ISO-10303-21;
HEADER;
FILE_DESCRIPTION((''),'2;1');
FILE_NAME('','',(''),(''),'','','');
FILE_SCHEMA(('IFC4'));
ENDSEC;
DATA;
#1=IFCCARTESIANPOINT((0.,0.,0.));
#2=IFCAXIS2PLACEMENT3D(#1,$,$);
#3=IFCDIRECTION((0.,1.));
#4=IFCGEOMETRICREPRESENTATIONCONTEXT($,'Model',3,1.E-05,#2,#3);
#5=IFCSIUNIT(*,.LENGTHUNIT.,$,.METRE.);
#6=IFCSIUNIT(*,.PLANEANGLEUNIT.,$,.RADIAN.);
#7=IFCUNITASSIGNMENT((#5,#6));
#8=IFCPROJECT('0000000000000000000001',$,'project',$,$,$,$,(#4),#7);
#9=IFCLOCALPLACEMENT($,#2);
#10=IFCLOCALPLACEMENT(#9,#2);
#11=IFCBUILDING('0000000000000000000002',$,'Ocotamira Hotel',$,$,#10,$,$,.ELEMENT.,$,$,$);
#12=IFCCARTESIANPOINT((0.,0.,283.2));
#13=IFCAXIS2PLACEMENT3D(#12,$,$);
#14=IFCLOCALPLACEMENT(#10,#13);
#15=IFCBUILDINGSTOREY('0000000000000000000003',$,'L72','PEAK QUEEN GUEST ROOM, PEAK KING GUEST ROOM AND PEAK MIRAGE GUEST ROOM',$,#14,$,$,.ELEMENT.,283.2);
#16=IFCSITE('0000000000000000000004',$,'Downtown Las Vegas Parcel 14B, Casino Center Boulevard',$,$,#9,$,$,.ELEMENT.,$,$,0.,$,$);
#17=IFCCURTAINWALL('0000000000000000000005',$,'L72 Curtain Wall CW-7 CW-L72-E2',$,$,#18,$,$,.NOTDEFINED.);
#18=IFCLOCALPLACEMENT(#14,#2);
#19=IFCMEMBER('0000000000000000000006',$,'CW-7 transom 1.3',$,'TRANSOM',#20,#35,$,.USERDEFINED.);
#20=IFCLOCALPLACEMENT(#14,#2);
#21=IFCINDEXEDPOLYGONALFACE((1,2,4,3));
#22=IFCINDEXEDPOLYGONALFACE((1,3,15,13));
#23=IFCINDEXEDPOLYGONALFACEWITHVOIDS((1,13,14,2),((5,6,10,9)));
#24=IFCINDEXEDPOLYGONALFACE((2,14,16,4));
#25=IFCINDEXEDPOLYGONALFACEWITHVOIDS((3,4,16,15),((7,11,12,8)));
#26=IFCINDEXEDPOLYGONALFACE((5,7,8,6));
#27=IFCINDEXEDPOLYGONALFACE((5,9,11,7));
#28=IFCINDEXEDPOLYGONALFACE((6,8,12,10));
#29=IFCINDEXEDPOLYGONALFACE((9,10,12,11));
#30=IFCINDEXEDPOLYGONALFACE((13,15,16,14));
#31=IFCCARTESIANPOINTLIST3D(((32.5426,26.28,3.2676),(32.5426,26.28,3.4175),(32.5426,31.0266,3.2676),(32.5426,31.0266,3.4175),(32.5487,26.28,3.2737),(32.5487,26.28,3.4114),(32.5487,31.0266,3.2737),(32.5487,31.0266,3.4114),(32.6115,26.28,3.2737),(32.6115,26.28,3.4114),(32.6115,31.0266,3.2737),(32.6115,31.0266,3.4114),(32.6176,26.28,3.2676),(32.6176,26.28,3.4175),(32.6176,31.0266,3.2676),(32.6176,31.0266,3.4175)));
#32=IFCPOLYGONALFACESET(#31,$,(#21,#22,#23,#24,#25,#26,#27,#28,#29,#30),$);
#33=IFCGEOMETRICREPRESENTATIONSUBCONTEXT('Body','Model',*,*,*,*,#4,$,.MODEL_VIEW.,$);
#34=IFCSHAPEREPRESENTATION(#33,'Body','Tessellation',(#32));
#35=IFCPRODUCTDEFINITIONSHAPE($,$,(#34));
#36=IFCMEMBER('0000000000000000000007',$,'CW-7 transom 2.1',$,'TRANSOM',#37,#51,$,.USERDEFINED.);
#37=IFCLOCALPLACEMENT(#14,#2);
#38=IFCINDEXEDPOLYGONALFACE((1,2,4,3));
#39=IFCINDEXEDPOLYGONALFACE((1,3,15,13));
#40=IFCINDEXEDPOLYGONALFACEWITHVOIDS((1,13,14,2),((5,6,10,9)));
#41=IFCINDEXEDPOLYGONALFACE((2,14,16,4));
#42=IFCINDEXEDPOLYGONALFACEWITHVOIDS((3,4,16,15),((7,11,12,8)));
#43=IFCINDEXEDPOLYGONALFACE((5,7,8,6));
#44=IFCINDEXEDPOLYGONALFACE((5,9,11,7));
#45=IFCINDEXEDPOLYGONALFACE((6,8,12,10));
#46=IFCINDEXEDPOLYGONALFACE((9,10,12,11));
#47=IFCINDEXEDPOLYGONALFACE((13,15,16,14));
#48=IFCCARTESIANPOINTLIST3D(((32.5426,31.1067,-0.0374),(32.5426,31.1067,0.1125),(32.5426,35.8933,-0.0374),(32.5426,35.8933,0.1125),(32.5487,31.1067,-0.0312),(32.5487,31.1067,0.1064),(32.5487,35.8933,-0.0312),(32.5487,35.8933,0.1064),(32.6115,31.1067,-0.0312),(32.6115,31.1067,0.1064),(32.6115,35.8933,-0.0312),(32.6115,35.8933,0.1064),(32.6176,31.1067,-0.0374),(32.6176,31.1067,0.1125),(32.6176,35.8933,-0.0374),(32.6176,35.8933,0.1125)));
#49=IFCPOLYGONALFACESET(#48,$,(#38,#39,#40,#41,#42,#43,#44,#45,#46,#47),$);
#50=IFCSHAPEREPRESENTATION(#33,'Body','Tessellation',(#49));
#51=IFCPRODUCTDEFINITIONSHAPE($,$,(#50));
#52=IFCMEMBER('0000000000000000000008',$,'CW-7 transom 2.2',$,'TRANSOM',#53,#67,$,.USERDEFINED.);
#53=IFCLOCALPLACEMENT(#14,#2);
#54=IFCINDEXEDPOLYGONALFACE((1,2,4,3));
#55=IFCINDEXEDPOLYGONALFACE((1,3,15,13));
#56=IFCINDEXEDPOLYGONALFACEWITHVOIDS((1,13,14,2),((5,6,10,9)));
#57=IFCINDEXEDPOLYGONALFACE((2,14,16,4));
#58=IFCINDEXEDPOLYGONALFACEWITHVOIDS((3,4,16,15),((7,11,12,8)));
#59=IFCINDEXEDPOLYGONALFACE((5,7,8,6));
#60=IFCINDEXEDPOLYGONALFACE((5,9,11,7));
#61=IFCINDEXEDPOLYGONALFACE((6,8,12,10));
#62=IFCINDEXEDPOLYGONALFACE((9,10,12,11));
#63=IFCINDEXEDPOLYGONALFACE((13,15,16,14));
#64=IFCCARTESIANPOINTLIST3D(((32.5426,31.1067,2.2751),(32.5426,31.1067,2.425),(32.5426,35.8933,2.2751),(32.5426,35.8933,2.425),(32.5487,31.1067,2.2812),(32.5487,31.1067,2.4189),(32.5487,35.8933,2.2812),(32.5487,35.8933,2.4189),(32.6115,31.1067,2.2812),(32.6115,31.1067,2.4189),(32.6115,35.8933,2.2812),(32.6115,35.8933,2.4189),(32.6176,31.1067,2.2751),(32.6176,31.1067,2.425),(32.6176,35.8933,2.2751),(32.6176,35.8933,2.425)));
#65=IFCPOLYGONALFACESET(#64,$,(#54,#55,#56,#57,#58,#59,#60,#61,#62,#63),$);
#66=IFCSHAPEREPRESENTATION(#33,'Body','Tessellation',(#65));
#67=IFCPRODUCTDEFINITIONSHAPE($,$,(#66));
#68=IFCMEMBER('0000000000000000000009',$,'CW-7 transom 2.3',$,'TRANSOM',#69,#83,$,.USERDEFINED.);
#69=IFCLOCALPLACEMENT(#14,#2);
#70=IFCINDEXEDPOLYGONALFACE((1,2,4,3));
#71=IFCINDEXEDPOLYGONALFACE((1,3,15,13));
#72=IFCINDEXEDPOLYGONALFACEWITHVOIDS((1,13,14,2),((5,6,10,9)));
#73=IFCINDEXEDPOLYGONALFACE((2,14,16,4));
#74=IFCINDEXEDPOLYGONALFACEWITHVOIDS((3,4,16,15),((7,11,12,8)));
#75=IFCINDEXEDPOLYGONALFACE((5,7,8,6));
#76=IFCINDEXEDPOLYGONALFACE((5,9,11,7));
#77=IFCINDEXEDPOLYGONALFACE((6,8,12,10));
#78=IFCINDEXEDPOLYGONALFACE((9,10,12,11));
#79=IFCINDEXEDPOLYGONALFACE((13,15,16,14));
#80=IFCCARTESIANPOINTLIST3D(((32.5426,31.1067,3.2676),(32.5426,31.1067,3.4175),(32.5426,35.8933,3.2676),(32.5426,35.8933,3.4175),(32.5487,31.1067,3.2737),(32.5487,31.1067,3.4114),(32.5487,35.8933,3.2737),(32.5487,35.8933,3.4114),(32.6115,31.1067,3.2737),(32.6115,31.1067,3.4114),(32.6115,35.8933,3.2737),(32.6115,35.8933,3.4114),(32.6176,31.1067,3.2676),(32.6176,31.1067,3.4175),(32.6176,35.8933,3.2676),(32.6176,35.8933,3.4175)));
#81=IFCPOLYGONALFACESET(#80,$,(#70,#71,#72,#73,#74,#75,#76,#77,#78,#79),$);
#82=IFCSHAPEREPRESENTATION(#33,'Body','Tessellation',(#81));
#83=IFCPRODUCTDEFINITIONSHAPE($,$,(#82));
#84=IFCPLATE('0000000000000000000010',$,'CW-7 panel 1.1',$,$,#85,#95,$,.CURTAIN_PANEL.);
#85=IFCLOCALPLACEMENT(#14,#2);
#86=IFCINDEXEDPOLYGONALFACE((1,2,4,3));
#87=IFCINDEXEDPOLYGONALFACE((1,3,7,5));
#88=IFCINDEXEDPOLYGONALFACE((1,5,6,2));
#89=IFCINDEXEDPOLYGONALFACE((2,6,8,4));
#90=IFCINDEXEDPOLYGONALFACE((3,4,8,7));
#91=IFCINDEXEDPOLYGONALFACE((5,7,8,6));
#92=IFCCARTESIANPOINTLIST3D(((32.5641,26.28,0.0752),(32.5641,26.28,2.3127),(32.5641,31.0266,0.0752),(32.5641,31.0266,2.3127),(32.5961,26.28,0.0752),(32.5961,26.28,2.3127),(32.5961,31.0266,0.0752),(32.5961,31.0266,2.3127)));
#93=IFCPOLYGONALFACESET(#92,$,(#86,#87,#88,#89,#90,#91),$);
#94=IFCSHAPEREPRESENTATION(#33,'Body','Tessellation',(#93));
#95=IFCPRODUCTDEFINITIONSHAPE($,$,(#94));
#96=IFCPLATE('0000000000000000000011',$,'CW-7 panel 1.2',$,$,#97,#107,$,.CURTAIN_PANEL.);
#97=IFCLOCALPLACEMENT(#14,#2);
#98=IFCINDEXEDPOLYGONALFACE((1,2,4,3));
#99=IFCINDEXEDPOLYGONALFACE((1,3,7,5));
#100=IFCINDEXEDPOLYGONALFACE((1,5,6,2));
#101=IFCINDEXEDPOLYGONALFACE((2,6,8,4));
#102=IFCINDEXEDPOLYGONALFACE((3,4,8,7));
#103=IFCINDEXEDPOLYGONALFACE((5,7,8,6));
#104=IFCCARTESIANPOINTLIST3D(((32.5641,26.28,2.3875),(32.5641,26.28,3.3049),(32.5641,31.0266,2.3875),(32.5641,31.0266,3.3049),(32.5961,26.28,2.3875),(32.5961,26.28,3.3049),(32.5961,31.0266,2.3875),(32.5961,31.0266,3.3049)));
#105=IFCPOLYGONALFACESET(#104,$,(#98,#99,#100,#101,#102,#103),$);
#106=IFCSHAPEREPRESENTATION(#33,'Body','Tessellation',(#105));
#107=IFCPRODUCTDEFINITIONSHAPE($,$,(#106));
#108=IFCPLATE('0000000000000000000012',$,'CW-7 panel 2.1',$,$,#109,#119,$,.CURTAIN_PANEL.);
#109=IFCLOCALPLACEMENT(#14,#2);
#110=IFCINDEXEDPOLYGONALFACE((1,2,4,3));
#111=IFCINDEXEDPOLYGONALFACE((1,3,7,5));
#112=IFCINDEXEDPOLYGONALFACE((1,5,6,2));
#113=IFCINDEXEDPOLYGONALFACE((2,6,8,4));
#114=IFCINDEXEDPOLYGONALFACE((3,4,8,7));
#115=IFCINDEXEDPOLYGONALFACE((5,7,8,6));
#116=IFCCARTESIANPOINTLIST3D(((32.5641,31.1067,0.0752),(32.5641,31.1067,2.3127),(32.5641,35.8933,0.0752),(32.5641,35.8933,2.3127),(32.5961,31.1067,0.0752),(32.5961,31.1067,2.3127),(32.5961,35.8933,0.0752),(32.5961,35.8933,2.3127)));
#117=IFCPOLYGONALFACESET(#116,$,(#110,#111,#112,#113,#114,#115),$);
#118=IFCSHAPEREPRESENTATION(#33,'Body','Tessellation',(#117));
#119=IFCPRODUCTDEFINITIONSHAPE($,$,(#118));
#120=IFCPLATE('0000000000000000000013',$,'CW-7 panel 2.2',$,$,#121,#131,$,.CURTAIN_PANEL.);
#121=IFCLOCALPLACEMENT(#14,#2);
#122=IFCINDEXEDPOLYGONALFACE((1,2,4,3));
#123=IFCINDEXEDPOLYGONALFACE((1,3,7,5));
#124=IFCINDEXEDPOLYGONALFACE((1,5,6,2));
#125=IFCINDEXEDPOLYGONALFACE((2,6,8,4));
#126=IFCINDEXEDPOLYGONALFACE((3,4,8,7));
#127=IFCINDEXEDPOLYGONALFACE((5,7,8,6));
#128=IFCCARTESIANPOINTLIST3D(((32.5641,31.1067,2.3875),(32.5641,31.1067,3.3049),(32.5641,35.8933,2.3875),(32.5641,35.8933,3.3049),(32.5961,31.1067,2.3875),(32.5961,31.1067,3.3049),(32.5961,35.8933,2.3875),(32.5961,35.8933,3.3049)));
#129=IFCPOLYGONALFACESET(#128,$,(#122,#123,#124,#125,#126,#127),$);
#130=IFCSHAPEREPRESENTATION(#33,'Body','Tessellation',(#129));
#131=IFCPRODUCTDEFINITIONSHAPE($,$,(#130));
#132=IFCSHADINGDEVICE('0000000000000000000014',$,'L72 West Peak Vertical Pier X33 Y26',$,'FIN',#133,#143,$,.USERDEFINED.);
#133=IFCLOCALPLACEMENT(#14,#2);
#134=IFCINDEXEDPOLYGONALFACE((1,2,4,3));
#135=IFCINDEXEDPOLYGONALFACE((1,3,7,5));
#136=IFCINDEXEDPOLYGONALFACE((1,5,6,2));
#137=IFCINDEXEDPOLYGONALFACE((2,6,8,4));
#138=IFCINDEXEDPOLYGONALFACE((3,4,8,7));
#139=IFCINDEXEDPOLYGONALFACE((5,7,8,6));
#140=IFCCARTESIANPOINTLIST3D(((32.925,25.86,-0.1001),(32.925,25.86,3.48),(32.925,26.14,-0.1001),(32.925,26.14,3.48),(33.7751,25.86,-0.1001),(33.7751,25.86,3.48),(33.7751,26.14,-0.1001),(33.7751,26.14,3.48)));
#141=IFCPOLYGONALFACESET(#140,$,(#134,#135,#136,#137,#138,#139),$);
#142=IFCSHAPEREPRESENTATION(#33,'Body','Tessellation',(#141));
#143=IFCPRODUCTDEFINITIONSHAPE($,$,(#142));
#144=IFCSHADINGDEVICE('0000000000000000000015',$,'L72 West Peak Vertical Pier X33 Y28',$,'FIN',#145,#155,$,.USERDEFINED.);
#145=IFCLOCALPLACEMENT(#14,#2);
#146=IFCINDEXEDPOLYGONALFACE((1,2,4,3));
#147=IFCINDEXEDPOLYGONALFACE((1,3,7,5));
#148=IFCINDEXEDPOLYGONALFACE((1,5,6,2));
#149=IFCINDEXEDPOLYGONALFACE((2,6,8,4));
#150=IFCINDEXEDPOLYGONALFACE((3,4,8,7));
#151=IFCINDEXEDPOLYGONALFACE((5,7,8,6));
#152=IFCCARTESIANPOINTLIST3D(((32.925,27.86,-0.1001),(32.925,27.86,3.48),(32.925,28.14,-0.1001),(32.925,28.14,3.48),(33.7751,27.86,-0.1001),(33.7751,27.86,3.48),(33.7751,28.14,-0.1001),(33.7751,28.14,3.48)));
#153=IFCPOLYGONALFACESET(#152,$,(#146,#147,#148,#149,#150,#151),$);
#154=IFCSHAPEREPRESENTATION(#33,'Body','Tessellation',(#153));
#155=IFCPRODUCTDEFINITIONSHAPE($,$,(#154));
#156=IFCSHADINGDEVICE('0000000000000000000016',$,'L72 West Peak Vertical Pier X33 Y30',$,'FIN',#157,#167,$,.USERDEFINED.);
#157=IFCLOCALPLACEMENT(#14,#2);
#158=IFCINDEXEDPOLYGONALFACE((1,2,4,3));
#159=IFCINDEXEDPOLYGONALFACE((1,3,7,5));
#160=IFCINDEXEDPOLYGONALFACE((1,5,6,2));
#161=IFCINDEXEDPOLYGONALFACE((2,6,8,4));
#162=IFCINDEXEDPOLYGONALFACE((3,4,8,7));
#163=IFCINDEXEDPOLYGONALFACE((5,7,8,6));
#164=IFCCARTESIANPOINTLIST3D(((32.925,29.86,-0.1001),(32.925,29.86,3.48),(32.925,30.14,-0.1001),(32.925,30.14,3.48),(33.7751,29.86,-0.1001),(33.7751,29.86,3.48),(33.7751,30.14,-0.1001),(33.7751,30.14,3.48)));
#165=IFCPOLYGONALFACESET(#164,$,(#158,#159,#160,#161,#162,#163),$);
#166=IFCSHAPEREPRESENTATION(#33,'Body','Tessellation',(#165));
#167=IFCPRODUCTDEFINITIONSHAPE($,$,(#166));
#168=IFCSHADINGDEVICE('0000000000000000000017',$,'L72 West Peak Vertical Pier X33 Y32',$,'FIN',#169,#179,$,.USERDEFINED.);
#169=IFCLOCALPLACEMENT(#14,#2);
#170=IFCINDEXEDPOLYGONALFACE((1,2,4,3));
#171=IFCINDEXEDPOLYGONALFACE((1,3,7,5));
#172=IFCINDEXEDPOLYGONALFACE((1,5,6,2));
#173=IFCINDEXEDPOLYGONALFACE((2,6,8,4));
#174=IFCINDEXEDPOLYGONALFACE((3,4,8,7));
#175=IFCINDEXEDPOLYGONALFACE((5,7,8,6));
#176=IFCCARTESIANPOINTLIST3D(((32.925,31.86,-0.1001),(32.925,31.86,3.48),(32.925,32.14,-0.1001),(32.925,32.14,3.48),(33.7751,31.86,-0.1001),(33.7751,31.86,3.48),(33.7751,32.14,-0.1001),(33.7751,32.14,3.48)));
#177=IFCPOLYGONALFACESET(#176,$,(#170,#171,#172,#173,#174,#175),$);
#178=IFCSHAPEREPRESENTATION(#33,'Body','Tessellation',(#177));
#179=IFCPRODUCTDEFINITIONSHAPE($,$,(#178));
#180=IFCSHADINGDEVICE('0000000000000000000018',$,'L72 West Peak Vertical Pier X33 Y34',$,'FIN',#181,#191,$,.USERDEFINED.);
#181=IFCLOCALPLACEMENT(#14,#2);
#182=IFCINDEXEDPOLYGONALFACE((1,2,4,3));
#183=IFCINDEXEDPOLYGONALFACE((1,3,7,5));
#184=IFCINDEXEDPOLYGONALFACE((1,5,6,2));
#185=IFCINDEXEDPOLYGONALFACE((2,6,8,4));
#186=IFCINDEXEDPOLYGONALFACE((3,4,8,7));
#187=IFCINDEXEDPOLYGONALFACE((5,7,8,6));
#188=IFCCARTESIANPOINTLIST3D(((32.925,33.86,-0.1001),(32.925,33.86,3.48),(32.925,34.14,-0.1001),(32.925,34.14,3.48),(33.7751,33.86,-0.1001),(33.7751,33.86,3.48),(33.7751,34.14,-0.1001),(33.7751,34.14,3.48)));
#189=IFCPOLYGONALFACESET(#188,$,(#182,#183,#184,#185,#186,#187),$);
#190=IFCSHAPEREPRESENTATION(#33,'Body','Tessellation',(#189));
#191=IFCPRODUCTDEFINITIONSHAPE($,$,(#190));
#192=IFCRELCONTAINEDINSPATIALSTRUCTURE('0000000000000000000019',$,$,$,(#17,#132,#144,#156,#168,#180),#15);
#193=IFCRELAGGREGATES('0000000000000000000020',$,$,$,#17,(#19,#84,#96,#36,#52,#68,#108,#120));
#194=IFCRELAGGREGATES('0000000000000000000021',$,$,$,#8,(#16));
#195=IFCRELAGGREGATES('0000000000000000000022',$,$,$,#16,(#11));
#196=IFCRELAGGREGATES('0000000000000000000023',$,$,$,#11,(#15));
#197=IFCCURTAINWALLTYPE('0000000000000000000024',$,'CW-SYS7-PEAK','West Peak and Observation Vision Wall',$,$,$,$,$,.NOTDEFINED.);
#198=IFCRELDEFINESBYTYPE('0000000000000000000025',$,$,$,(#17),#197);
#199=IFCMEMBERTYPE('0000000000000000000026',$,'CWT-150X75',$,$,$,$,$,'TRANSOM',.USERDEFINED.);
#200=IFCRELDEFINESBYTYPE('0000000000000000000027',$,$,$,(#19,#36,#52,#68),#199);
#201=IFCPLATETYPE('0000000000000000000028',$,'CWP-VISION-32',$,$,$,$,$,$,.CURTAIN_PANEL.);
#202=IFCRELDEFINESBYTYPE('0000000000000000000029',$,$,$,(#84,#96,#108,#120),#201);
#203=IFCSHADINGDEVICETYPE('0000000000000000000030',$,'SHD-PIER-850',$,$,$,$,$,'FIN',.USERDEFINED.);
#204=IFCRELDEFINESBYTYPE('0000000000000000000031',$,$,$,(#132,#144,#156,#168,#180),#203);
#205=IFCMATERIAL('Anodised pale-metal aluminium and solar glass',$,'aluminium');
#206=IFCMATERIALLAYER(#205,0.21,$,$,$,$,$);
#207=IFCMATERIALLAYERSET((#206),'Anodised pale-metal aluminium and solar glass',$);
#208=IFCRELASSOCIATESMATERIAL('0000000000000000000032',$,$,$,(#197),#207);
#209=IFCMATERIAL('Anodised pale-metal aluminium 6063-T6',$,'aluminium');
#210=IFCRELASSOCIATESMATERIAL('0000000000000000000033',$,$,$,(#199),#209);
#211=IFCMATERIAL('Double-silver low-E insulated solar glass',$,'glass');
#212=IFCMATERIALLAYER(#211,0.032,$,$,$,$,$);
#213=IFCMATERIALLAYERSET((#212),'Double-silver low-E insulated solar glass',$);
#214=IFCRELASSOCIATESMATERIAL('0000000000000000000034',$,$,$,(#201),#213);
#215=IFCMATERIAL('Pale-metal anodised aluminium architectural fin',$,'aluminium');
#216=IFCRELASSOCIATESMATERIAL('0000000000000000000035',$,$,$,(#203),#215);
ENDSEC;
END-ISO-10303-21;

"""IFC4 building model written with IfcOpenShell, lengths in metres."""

from ifc_helpers import new_model, si_unit, direction, frame, origin, origin_2d, place, context, subcontext, project, spatial, rectangle, hollow_rectangle, extrude, source, transform, mapped, material, layer, layer_set, material_profile, profile_set, type_object, element, aggregate, save


model = new_model("IFC4")

# Units and contexts
model_context = context("Model", 3, precision=1e-05, world=origin(), true_north=direction((0.0, 1.0)))
body_context = subcontext(model_context, "Body", "Model", "MODEL_VIEW")
ifc_project = project(units=[si_unit("LENGTHUNIT", "METRE"), si_unit("PLANEANGLEUNIT", "RADIAN")], contexts=[model_context])

# Site, building, storey
site_placement = place(None, origin())
site = spatial("IfcSite", under=ifc_project, at=site_placement, Name="Downtown Las Vegas Parcel 14B, Casino Center Boulevard", CompositionType="ELEMENT", RefElevation=0.0)
building_placement = place(site_placement, origin())
building = spatial("IfcBuilding", under=site, at=building_placement, Name="Ocotamira Hotel", CompositionType="ELEMENT")
storey_placement = place(building_placement, frame((0.0, 0.0, 283.2)))
storey = spatial("IfcBuildingStorey", under=building, at=storey_placement, Name="L72", Description="PEAK QUEEN GUEST ROOM, PEAK KING GUEST ROOM AND PEAK MIRAGE GUEST ROOM", CompositionType="ELEMENT", Elevation=283.2)

# Shared definitions
ifc_material_1 = material(Name="Anodised pale-metal aluminium and solar glass", Category="aluminium")
ifc_layer_1 = layer(ifc_material_1, 0.21)
ifc_layer_set_1 = layer_set([ifc_layer_1], Name="Anodised pale-metal aluminium and solar glass")
curtain_wall_type = type_object("IfcCurtainWallType", Name="CW-SYS7-PEAK", Description="West Peak and Observation Vision Wall", PredefinedType="NOTDEFINED", material=ifc_layer_set_1)
ifc_material_2 = material(Name="Anodised pale-metal aluminium 6063-T6", Category="aluminium")

# Curtain wall, members, plates
curtain_wall_1_placement = place(storey_placement, origin())
curtain_wall_1 = element("IfcCurtainWall", 1, at=curtain_wall_1_placement, inside=storey, type_object=curtain_wall_type, Name="L72 Curtain Wall CW-7 CW-L72-E2", PredefinedType="NOTDEFINED")
ifc_material_profile_1 = material_profile(ifc_material_2, hollow_rectangle(XDim=0.075, YDim=0.1499, WallThickness=0.0061, at=origin_2d()), Name="HSS150X75X6")
ifc_profile_set_1 = profile_set([ifc_material_profile_1], Name="Anodised pale-metal aluminium 6063-T6")
member_type_1 = type_object("IfcMemberType", Name="CWT-150X75", ElementType="TRANSOM", PredefinedType="USERDEFINED", material=ifc_profile_set_1)
shared_shape_1 = source(origin(), body_context, "Body", "SweptSolid", [
    extrude(hollow_rectangle(XDim=0.075, YDim=0.1499, WallThickness=0.0061, at=origin_2d()), origin(), (0.0, 0.0, 1.0), 4.7466),
])
member_1_placement = place(storey_placement, frame((32.5801, 26.28, 3.3425), z_axis=(0.0, 1.0, 0.0), x_axis=(-1.0, 0.0, 0.0)))
member_1 = element("IfcMember", 2, at=member_1_placement, type_object=member_type_1, Name="CW-7 transom 1.3", ObjectType="TRANSOM", PredefinedType="USERDEFINED", context=body_context, shape_type="MappedRepresentation", body=[
    mapped(shared_shape_1, transform((0.0, 0.0, 0.0), scale=1.0)),
])
shared_shape_2 = source(origin(), body_context, "Body", "SweptSolid", [
    extrude(hollow_rectangle(XDim=0.075, YDim=0.1499, WallThickness=0.0061, at=origin_2d()), origin(), (0.0, 0.0, 1.0), 4.7866),
])
member_2_placement = place(storey_placement, frame((32.5801, 31.1067, 0.0376), z_axis=(0.0, 1.0, 0.0), x_axis=(-1.0, 0.0, 0.0)))
member_2 = element("IfcMember", 3, at=member_2_placement, type_object=member_type_1, Name="CW-7 transom 2.1", ObjectType="TRANSOM", PredefinedType="USERDEFINED", context=body_context, shape_type="MappedRepresentation", body=[
    mapped(shared_shape_2, transform((0.0, 0.0, 0.0), scale=1.0)),
])
member_3_placement = place(storey_placement, frame((32.5801, 31.1067, 2.3501), z_axis=(0.0, 1.0, 0.0), x_axis=(-1.0, 0.0, 0.0)))
member_3 = element("IfcMember", 4, at=member_3_placement, type_object=member_type_1, Name="CW-7 transom 2.2", ObjectType="TRANSOM", PredefinedType="USERDEFINED", context=body_context, shape_type="MappedRepresentation", body=[
    mapped(shared_shape_2, transform((0.0, 0.0, 0.0), scale=1.0)),
])
member_4_placement = place(storey_placement, frame((32.5801, 31.1067, 3.3425), z_axis=(0.0, 1.0, 0.0), x_axis=(-1.0, 0.0, 0.0)))
member_4 = element("IfcMember", 5, at=member_4_placement, type_object=member_type_1, Name="CW-7 transom 2.3", ObjectType="TRANSOM", PredefinedType="USERDEFINED", context=body_context, shape_type="MappedRepresentation", body=[
    mapped(shared_shape_2, transform((0.0, 0.0, 0.0), scale=1.0)),
])
ifc_material_3 = material(Name="Double-silver low-E insulated solar glass", Category="glass")
ifc_layer_2 = layer(ifc_material_3, 0.032)
ifc_layer_set_2 = layer_set([ifc_layer_2], Name="Double-silver low-E insulated solar glass")
plate_type = type_object("IfcPlateType", Name="CWP-VISION-32", PredefinedType="CURTAIN_PANEL", material=ifc_layer_set_2)
shared_shape_3 = source(origin(), body_context, "Body", "SweptSolid", [
    extrude(rectangle(XDim=4.7466, YDim=0.032, at=origin_2d()), origin(), (0.0, 0.0, 1.0), 2.2375),
])
plate_1_placement = place(storey_placement, frame((32.5801, 28.6533, 0.0752), z_axis=(0.0, 0.0, 1.0), x_axis=(0.0, 1.0, 0.0)))
plate_1 = element("IfcPlate", 6, at=plate_1_placement, type_object=plate_type, Name="CW-7 panel 1.1", PredefinedType="CURTAIN_PANEL", context=body_context, shape_type="MappedRepresentation", body=[
    mapped(shared_shape_3, transform((0.0, 0.0, 0.0), scale=1.0)),
])
shared_shape_4 = source(origin(), body_context, "Body", "SweptSolid", [
    extrude(rectangle(XDim=4.7466, YDim=0.032, at=origin_2d()), origin(), (0.0, 0.0, 1.0), 0.9175),
])
plate_2_placement = place(storey_placement, frame((32.5801, 28.6533, 2.3875), z_axis=(0.0, 0.0, 1.0), x_axis=(0.0, 1.0, 0.0)))
plate_2 = element("IfcPlate", 7, at=plate_2_placement, type_object=plate_type, Name="CW-7 panel 1.2", PredefinedType="CURTAIN_PANEL", context=body_context, shape_type="MappedRepresentation", body=[
    mapped(shared_shape_4, transform((0.0, 0.0, 0.0), scale=1.0)),
])
shared_shape_5 = source(origin(), body_context, "Body", "SweptSolid", [
    extrude(rectangle(XDim=4.7866, YDim=0.032, at=origin_2d()), origin(), (0.0, 0.0, 1.0), 2.2375),
])
plate_3_placement = place(storey_placement, frame((32.5801, 33.5, 0.0752), z_axis=(0.0, 0.0, 1.0), x_axis=(0.0, 1.0, 0.0)))
plate_3 = element("IfcPlate", 8, at=plate_3_placement, type_object=plate_type, Name="CW-7 panel 2.1", PredefinedType="CURTAIN_PANEL", context=body_context, shape_type="MappedRepresentation", body=[
    mapped(shared_shape_5, transform((0.0, 0.0, 0.0), scale=1.0)),
])
shared_shape_6 = source(origin(), body_context, "Body", "SweptSolid", [
    extrude(rectangle(XDim=4.7866, YDim=0.032, at=origin_2d()), origin(), (0.0, 0.0, 1.0), 0.9175),
])
plate_4_placement = place(storey_placement, frame((32.5801, 33.5, 2.3875), z_axis=(0.0, 0.0, 1.0), x_axis=(0.0, 1.0, 0.0)))
plate_4 = element("IfcPlate", 9, at=plate_4_placement, type_object=plate_type, Name="CW-7 panel 2.2", PredefinedType="CURTAIN_PANEL", context=body_context, shape_type="MappedRepresentation", body=[
    mapped(shared_shape_6, transform((0.0, 0.0, 0.0), scale=1.0)),
])
aggregate(curtain_wall_1, [member_1, plate_1, plate_2, member_2, member_3, member_4, plate_3, plate_4])

# Shading devices
ifc_material_4 = material(Name="Pale-metal anodised aluminium architectural fin", Category="aluminium")
shading_device_type = type_object("IfcShadingDeviceType", Name="SHD-PIER-850", ElementType="FIN", PredefinedType="USERDEFINED", material=ifc_material_4)
shared_shape_7 = source(origin(), body_context, "Body", "SweptSolid", [
    extrude(rectangle(XDim=0.8501, YDim=0.28, at=origin_2d()), origin(), (0.0, 0.0, 1.0), 3.5801),
])
for number, where, z_axis, x_axis, name in (
    (10, (33.3501, 26.0, -0.1001), (0.0, 0.0, 1.0), (1.0, 0.0, 0.0), "L72 West Peak Vertical Pier X33 Y26"),
    (11, (33.3501, 28.0, -0.1001), (0.0, 0.0, 1.0), (1.0, 0.0, 0.0), "L72 West Peak Vertical Pier X33 Y28"),
    (12, (33.3501, 30.0, -0.1001), (0.0, 0.0, 1.0), (1.0, 0.0, 0.0), "L72 West Peak Vertical Pier X33 Y30"),
    (13, (33.3501, 32.0, -0.1001), (0.0, 0.0, 1.0), (1.0, 0.0, 0.0), "L72 West Peak Vertical Pier X33 Y32"),
    (14, (33.3501, 34.0, -0.1001), (0.0, 0.0, 1.0), (1.0, 0.0, 0.0), "L72 West Peak Vertical Pier X33 Y34"),
):
    element("IfcShadingDevice", number, at=place(storey_placement, frame(where, z_axis=z_axis, x_axis=x_axis)), inside=storey, type_object=shading_device_type, Name=name, ObjectType="FIN", PredefinedType="USERDEFINED", context=body_context, shape_type="MappedRepresentation", body=[
        mapped(shared_shape_7, transform((0.0, 0.0, 0.0), scale=1.0)),
    ])

save(model, "model.ifc")
